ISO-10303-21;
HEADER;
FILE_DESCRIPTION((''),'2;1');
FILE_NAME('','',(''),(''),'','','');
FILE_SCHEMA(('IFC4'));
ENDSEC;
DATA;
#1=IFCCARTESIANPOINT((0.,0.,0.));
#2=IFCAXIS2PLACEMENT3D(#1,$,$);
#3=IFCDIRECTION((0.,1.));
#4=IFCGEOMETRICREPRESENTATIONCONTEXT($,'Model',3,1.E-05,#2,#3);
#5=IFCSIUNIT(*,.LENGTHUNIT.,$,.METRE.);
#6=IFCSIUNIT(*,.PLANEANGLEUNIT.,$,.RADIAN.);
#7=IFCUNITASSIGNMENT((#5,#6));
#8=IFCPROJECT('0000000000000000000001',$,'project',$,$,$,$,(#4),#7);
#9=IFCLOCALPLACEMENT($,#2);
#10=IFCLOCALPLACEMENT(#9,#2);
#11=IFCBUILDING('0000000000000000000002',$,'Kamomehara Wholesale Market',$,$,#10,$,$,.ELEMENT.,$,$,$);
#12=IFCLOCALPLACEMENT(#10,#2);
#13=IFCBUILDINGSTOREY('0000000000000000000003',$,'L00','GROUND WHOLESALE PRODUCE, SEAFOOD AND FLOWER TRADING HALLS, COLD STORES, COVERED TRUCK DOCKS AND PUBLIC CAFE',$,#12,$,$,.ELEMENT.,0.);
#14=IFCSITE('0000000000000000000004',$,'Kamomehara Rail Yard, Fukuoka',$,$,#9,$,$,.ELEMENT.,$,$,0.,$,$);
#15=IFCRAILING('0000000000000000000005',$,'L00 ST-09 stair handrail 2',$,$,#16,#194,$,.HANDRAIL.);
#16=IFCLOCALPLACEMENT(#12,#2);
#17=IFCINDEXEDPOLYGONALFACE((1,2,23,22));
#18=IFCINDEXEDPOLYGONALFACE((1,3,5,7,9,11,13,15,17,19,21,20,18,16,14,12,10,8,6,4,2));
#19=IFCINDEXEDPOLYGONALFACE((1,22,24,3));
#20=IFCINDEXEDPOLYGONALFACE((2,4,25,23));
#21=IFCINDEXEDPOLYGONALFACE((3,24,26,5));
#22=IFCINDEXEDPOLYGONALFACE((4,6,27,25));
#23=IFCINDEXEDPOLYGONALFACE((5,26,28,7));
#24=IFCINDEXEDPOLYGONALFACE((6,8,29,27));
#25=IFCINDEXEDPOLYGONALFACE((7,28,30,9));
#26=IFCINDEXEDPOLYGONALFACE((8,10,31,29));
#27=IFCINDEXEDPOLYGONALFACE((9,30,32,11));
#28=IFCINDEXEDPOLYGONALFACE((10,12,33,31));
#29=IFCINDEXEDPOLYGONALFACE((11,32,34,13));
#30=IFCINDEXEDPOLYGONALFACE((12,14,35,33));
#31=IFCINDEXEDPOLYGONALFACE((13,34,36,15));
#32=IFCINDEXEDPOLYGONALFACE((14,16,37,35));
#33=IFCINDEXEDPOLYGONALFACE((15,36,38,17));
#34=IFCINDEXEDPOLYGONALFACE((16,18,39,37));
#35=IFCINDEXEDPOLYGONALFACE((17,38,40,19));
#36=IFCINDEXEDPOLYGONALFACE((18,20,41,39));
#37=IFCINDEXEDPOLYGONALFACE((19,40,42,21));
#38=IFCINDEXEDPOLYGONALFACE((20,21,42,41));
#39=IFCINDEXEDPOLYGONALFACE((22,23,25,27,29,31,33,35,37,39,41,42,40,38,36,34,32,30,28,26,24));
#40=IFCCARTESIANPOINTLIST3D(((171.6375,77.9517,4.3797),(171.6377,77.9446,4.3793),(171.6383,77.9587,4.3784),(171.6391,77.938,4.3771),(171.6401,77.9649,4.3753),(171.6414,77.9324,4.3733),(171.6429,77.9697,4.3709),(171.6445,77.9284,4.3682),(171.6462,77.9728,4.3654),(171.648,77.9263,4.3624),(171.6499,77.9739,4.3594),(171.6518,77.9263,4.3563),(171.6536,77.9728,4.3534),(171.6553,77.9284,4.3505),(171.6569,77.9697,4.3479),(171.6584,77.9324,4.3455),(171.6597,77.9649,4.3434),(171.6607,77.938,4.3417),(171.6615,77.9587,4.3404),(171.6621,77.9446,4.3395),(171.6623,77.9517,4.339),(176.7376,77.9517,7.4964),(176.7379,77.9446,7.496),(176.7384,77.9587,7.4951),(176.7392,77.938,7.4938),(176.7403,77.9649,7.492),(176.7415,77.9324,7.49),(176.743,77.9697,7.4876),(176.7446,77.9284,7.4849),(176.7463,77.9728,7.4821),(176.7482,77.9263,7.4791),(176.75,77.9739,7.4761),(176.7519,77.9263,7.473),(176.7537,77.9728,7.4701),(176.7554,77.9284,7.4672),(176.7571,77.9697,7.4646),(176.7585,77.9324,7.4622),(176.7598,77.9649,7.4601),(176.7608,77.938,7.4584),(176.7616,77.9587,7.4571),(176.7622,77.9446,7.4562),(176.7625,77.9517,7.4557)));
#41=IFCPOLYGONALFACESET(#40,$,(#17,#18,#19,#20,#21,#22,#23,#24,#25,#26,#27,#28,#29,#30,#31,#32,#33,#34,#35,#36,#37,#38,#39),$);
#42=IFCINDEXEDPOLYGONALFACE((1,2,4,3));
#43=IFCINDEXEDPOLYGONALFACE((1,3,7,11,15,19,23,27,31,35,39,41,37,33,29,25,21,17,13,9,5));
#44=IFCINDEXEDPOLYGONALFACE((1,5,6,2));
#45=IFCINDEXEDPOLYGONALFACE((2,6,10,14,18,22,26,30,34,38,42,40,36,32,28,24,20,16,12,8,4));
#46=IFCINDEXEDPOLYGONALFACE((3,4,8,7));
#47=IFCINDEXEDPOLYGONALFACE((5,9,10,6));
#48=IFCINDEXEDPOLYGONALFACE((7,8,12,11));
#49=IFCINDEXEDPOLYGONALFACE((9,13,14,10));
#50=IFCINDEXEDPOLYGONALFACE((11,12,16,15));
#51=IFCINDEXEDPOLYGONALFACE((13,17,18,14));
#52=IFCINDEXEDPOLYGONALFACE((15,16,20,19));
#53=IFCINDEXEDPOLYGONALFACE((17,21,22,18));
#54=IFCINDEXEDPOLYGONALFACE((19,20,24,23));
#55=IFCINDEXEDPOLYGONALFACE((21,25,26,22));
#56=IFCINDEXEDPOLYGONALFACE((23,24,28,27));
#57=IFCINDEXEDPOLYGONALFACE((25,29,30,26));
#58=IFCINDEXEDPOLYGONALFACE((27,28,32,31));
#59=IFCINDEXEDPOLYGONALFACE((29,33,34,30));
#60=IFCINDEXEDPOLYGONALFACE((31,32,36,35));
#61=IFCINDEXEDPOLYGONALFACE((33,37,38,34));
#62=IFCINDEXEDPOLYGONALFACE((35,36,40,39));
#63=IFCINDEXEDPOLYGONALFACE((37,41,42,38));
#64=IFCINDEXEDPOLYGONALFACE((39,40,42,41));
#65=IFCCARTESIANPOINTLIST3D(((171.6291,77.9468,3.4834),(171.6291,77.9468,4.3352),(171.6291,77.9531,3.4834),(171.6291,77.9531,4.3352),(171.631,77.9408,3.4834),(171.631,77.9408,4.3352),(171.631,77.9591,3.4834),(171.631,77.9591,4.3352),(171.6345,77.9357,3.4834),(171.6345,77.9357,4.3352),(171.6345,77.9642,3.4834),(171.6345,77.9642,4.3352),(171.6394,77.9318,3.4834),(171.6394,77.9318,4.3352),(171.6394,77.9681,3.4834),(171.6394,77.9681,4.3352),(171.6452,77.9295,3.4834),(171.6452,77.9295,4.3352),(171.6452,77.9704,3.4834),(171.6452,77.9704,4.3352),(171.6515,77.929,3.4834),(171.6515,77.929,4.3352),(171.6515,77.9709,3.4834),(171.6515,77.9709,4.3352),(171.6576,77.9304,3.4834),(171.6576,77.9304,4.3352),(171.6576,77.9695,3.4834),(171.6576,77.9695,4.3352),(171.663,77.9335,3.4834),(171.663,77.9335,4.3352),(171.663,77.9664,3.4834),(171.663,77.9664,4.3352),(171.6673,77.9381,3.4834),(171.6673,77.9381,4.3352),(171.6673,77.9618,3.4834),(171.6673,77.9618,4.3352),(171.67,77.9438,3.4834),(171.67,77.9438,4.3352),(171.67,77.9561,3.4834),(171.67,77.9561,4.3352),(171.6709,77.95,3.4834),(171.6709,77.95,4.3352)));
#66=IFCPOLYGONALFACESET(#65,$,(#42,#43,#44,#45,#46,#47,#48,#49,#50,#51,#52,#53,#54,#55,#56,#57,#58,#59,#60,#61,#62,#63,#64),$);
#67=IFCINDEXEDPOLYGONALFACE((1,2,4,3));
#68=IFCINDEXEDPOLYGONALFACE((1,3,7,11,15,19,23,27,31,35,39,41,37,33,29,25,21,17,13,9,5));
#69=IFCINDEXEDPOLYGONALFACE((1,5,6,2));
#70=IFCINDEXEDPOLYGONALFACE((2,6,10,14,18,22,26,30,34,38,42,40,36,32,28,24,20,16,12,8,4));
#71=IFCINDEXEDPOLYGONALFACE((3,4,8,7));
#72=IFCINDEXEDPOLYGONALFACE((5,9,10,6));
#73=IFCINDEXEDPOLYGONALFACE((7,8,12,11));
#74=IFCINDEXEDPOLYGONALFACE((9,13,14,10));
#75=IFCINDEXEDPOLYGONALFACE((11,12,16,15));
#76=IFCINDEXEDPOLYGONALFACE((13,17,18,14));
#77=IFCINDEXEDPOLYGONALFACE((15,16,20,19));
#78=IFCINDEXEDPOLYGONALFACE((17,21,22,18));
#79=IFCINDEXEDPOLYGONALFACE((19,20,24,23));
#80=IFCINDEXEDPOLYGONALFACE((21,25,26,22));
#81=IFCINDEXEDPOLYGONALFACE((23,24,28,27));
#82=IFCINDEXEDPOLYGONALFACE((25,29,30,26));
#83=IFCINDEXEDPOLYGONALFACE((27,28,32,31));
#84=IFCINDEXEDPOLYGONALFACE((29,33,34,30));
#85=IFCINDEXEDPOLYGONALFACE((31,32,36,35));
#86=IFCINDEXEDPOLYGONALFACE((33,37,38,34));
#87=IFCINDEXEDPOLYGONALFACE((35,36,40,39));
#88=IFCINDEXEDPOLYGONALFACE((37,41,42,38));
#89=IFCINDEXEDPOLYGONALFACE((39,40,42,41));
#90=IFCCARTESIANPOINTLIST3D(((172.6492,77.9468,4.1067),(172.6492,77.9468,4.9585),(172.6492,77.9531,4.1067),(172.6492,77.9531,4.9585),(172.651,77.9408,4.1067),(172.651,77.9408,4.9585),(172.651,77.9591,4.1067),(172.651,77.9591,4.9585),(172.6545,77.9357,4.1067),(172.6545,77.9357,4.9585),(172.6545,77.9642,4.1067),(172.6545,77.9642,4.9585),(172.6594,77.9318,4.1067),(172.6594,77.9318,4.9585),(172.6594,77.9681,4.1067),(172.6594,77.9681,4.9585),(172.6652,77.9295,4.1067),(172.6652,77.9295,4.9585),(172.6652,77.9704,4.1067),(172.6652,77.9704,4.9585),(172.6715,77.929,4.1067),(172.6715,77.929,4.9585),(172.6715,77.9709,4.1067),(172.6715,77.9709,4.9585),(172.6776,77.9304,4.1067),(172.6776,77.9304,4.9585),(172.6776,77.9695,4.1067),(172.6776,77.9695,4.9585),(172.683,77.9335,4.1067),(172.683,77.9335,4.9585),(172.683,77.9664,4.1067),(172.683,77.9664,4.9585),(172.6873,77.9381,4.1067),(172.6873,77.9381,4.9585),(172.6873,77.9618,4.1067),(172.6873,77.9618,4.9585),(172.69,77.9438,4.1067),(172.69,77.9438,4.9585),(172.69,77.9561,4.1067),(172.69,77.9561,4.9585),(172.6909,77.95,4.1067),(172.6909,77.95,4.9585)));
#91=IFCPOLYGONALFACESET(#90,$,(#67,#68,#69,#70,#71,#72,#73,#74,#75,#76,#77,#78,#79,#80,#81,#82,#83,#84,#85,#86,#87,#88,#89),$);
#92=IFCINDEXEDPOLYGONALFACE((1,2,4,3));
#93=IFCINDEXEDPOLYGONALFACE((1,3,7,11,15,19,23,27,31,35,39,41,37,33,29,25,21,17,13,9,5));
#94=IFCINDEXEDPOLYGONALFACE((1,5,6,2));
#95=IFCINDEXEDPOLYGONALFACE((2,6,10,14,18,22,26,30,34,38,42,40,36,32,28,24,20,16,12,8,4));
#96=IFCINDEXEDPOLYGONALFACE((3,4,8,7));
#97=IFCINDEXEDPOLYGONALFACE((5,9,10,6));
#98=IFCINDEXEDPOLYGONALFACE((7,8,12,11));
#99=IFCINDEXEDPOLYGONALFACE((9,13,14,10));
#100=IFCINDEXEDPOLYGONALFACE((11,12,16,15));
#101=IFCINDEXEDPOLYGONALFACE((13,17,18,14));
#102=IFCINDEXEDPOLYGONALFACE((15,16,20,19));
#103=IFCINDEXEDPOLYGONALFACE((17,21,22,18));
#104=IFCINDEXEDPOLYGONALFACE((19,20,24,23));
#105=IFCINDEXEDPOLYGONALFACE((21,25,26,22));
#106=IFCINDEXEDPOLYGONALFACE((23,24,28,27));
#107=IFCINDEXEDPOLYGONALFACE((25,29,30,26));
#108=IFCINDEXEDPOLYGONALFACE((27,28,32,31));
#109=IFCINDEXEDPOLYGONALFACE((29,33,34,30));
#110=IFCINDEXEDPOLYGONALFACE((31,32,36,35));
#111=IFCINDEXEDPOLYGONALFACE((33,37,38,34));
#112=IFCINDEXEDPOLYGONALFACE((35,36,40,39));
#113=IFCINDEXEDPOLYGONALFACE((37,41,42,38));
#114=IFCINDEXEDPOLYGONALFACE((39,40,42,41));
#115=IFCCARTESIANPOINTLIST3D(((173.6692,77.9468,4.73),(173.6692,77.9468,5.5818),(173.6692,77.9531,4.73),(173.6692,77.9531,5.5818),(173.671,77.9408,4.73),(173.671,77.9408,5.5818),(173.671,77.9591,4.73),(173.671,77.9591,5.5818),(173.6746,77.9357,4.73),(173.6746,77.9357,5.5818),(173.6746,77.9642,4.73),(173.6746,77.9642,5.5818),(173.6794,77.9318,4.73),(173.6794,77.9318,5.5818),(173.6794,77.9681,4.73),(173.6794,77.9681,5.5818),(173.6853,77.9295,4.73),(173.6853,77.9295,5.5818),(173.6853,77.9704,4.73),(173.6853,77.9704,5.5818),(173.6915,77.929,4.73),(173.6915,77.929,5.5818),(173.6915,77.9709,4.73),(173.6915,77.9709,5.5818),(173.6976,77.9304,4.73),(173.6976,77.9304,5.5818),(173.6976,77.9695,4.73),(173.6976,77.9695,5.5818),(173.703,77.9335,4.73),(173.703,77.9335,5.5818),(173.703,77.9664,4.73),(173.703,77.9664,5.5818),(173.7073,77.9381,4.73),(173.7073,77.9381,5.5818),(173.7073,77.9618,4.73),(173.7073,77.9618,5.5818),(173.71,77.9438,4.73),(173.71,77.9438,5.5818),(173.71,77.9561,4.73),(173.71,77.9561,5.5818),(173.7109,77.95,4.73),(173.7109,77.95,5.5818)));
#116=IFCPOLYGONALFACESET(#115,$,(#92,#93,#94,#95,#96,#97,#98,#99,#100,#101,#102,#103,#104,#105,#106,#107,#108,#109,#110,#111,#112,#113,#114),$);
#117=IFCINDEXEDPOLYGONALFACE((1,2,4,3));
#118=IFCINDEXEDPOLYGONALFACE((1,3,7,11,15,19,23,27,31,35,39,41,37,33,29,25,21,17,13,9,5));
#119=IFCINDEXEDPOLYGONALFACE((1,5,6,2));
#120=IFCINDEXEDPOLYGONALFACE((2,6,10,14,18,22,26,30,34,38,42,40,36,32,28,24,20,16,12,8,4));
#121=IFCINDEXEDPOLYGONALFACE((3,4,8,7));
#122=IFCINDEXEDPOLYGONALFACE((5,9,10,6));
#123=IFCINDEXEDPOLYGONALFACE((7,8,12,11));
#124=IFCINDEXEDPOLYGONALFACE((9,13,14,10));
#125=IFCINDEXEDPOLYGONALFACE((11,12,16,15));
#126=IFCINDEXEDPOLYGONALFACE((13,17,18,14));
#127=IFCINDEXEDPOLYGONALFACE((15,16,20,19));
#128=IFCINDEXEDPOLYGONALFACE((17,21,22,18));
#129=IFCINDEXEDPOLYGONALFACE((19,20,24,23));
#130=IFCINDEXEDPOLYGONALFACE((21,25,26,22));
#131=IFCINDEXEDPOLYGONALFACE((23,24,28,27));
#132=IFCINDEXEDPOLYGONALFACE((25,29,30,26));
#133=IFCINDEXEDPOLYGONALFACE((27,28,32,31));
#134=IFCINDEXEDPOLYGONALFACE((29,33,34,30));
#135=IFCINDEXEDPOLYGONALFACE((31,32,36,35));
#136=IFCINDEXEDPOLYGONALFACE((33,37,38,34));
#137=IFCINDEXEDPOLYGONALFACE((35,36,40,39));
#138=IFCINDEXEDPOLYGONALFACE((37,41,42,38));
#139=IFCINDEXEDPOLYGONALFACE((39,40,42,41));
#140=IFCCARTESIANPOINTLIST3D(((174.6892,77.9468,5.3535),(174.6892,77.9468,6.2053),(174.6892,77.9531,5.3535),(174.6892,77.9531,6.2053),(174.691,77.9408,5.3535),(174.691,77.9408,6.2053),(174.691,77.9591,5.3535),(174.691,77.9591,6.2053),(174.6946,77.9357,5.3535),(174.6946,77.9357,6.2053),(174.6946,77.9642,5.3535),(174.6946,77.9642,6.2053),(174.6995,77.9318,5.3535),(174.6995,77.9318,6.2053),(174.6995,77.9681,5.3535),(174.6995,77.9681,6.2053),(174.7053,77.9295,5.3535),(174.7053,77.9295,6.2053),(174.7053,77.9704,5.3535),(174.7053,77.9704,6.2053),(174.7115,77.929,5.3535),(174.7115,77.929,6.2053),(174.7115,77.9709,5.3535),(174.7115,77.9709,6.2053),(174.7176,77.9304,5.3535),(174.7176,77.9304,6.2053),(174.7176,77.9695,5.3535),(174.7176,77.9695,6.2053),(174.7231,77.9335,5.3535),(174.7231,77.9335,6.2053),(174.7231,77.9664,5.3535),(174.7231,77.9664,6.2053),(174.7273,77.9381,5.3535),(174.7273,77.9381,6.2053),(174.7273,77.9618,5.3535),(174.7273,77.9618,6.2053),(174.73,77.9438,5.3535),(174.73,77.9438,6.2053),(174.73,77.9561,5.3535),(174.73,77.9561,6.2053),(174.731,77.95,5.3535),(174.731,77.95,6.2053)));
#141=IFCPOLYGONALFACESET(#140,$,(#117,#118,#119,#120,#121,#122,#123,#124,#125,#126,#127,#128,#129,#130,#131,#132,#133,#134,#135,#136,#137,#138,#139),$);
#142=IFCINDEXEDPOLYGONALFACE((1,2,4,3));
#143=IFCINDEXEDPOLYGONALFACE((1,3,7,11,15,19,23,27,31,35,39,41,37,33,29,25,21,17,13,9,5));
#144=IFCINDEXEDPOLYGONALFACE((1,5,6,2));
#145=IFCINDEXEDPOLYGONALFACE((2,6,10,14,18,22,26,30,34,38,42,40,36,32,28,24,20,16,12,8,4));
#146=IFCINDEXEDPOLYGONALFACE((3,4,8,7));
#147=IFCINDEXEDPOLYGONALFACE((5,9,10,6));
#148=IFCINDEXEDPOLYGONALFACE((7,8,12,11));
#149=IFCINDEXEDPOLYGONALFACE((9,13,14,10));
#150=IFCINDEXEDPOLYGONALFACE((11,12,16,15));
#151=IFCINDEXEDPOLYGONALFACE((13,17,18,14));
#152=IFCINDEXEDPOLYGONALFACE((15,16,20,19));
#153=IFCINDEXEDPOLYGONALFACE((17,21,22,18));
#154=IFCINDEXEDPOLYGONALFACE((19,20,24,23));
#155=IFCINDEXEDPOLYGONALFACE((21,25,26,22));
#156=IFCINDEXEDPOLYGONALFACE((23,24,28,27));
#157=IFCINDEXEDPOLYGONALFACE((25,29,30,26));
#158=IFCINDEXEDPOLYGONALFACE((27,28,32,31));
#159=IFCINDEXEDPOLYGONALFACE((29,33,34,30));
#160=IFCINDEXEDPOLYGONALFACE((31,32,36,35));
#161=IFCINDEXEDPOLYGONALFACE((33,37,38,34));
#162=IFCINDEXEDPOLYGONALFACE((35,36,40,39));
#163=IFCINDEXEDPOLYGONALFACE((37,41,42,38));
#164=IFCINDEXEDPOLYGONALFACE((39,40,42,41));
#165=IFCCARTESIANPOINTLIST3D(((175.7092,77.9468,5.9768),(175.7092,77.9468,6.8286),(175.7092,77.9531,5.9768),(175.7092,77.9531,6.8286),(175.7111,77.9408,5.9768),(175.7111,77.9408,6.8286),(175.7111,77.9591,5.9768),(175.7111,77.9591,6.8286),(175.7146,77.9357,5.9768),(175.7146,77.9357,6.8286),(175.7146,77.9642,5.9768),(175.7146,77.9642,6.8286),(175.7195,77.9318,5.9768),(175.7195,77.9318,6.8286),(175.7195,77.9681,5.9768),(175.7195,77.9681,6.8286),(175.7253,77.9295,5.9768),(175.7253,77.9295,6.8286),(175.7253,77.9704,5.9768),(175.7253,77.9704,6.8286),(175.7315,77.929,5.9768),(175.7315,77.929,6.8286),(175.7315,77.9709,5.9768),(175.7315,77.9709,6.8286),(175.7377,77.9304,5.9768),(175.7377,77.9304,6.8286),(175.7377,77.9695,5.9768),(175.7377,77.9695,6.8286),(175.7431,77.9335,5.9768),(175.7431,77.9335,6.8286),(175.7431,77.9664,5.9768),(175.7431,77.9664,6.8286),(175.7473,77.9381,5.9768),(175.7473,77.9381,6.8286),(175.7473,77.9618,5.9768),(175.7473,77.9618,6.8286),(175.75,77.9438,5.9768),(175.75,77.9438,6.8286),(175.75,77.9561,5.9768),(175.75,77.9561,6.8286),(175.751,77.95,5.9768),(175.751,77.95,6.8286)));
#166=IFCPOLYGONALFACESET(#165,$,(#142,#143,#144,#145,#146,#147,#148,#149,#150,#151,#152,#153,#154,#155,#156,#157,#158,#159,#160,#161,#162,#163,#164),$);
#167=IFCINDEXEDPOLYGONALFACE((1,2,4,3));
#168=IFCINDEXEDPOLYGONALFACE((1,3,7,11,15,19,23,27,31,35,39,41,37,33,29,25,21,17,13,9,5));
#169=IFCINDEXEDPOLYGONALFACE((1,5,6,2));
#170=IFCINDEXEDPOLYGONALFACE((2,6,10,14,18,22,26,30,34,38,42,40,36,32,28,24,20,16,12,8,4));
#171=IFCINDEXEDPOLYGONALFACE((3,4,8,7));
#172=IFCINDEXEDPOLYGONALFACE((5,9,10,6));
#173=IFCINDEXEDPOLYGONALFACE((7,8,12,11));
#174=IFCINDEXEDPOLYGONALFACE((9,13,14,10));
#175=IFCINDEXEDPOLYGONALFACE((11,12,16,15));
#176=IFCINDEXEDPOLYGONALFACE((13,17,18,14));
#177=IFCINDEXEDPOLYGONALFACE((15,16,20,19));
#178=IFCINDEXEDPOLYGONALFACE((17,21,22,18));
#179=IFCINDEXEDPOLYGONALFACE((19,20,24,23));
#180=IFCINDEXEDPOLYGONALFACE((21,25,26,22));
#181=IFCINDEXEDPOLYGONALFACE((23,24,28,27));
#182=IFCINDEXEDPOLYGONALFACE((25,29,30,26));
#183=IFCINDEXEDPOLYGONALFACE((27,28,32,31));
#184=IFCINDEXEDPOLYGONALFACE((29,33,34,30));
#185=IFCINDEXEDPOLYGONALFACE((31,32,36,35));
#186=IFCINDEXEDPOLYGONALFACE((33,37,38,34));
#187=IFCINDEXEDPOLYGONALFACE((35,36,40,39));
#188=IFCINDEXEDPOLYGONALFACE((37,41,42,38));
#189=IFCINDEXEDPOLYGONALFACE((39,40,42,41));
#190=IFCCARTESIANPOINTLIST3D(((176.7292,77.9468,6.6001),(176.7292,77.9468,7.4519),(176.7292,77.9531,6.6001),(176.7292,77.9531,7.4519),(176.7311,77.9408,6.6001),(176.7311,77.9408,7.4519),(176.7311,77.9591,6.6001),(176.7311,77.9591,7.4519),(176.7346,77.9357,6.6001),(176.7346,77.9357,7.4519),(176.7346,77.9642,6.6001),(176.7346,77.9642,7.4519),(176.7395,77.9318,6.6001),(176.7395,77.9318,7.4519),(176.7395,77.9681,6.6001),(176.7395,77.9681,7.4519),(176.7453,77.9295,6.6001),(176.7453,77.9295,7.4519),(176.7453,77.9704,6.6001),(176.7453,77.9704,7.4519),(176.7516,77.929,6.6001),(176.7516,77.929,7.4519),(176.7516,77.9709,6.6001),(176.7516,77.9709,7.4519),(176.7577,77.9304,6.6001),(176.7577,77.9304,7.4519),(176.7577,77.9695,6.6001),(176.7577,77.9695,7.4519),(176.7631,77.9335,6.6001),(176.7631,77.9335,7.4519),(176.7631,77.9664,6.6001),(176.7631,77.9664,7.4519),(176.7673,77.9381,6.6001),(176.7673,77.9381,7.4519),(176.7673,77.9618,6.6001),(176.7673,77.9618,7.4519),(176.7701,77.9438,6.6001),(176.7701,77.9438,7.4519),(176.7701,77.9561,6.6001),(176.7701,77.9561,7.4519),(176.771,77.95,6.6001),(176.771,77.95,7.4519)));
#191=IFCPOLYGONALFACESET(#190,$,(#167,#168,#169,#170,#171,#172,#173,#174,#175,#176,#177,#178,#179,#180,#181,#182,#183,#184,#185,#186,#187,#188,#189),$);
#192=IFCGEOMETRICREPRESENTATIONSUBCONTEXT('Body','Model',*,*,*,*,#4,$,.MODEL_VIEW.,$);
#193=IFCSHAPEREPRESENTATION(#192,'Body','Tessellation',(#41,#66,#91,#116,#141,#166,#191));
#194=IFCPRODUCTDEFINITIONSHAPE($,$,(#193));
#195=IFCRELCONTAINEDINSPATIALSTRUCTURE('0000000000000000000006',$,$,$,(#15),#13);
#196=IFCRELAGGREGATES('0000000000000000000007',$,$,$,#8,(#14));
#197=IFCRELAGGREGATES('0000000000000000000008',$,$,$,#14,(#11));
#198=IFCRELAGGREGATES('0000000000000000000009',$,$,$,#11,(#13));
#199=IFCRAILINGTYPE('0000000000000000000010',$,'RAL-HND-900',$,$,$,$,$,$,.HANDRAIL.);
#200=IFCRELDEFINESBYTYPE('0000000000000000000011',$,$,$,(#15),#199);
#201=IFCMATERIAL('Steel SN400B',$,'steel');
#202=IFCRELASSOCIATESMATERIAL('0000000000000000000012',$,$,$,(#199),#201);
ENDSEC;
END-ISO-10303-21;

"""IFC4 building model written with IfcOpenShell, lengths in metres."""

from ifc_helpers import new_model, si_unit, direction, frame, origin, origin_2d, place, context, subcontext, project, spatial, circle, extrude, material, type_object, element, save


model = new_model("IFC4")

# Units and contexts
model_context = context("Model", 3, precision=1e-05, world=origin(), true_north=direction((0.0, 1.0)))
body_context = subcontext(model_context, "Body", "Model", "MODEL_VIEW")
ifc_project = project(units=[si_unit("LENGTHUNIT", "METRE"), si_unit("PLANEANGLEUNIT", "RADIAN")], contexts=[model_context])

# Site, building, storey
site_placement = place(None, origin())
site = spatial("IfcSite", under=ifc_project, at=site_placement, Name="Kamomehara Rail Yard, Fukuoka", CompositionType="ELEMENT", RefElevation=0.0)
building_placement = place(site_placement, origin())
building = spatial("IfcBuilding", under=site, at=building_placement, Name="Kamomehara Wholesale Market", CompositionType="ELEMENT")
storey_placement = place(building_placement, origin())
storey = spatial("IfcBuildingStorey", under=building, at=storey_placement, Name="L00", Description="GROUND WHOLESALE PRODUCE, SEAFOOD AND FLOWER TRADING HALLS, COLD STORES, COVERED TRUCK DOCKS AND PUBLIC CAFE", CompositionType="ELEMENT", Elevation=0.0)

# Railing
ifc_material_1 = material(Name="Steel SN400B", Category="steel")
railing_type_1 = type_object("IfcRailingType", Name="RAL-HND-900", PredefinedType="HANDRAIL", material=ifc_material_1)
railing_1_placement = place(storey_placement, frame((171.6499, 77.95, 3.4834)))
element("IfcRailing", 1, at=railing_1_placement, inside=storey, type_object=railing_type_1, Name="L00 ST-09 stair handrail 2", PredefinedType="HANDRAIL", context=body_context, shape_type="SweptSolid", body=[
    extrude(circle(Radius=0.0239, at=origin_2d()), frame((0.0, 0.0, 0.876), z_axis=(0.853284, 0.0, 0.521447), x_axis=(0.0, 1.0, 0.0)), (0.0, 0.0, 1.0), 5.9771),
    extrude(circle(Radius=0.021, at=origin_2d()), origin(), (0.0, 0.0, 1.0), 0.8518),
    extrude(circle(Radius=0.021, at=origin_2d()), frame((1.02, 0.0, 0.6233)), (0.0, 0.0, 1.0), 0.8518),
    extrude(circle(Radius=0.021, at=origin_2d()), frame((2.04, 0.0, 1.2466)), (0.0, 0.0, 1.0), 0.8518),
    extrude(circle(Radius=0.021, at=origin_2d()), frame((3.0601, 0.0, 1.8701)), (0.0, 0.0, 1.0), 0.8518),
    extrude(circle(Radius=0.021, at=origin_2d()), frame((4.0801, 0.0, 2.4934)), (0.0, 0.0, 1.0), 0.8518),
    extrude(circle(Radius=0.021, at=origin_2d()), frame((5.1001, 0.0, 3.1167)), (0.0, 0.0, 1.0), 0.8518),
])

save(model, "model.ifc")
